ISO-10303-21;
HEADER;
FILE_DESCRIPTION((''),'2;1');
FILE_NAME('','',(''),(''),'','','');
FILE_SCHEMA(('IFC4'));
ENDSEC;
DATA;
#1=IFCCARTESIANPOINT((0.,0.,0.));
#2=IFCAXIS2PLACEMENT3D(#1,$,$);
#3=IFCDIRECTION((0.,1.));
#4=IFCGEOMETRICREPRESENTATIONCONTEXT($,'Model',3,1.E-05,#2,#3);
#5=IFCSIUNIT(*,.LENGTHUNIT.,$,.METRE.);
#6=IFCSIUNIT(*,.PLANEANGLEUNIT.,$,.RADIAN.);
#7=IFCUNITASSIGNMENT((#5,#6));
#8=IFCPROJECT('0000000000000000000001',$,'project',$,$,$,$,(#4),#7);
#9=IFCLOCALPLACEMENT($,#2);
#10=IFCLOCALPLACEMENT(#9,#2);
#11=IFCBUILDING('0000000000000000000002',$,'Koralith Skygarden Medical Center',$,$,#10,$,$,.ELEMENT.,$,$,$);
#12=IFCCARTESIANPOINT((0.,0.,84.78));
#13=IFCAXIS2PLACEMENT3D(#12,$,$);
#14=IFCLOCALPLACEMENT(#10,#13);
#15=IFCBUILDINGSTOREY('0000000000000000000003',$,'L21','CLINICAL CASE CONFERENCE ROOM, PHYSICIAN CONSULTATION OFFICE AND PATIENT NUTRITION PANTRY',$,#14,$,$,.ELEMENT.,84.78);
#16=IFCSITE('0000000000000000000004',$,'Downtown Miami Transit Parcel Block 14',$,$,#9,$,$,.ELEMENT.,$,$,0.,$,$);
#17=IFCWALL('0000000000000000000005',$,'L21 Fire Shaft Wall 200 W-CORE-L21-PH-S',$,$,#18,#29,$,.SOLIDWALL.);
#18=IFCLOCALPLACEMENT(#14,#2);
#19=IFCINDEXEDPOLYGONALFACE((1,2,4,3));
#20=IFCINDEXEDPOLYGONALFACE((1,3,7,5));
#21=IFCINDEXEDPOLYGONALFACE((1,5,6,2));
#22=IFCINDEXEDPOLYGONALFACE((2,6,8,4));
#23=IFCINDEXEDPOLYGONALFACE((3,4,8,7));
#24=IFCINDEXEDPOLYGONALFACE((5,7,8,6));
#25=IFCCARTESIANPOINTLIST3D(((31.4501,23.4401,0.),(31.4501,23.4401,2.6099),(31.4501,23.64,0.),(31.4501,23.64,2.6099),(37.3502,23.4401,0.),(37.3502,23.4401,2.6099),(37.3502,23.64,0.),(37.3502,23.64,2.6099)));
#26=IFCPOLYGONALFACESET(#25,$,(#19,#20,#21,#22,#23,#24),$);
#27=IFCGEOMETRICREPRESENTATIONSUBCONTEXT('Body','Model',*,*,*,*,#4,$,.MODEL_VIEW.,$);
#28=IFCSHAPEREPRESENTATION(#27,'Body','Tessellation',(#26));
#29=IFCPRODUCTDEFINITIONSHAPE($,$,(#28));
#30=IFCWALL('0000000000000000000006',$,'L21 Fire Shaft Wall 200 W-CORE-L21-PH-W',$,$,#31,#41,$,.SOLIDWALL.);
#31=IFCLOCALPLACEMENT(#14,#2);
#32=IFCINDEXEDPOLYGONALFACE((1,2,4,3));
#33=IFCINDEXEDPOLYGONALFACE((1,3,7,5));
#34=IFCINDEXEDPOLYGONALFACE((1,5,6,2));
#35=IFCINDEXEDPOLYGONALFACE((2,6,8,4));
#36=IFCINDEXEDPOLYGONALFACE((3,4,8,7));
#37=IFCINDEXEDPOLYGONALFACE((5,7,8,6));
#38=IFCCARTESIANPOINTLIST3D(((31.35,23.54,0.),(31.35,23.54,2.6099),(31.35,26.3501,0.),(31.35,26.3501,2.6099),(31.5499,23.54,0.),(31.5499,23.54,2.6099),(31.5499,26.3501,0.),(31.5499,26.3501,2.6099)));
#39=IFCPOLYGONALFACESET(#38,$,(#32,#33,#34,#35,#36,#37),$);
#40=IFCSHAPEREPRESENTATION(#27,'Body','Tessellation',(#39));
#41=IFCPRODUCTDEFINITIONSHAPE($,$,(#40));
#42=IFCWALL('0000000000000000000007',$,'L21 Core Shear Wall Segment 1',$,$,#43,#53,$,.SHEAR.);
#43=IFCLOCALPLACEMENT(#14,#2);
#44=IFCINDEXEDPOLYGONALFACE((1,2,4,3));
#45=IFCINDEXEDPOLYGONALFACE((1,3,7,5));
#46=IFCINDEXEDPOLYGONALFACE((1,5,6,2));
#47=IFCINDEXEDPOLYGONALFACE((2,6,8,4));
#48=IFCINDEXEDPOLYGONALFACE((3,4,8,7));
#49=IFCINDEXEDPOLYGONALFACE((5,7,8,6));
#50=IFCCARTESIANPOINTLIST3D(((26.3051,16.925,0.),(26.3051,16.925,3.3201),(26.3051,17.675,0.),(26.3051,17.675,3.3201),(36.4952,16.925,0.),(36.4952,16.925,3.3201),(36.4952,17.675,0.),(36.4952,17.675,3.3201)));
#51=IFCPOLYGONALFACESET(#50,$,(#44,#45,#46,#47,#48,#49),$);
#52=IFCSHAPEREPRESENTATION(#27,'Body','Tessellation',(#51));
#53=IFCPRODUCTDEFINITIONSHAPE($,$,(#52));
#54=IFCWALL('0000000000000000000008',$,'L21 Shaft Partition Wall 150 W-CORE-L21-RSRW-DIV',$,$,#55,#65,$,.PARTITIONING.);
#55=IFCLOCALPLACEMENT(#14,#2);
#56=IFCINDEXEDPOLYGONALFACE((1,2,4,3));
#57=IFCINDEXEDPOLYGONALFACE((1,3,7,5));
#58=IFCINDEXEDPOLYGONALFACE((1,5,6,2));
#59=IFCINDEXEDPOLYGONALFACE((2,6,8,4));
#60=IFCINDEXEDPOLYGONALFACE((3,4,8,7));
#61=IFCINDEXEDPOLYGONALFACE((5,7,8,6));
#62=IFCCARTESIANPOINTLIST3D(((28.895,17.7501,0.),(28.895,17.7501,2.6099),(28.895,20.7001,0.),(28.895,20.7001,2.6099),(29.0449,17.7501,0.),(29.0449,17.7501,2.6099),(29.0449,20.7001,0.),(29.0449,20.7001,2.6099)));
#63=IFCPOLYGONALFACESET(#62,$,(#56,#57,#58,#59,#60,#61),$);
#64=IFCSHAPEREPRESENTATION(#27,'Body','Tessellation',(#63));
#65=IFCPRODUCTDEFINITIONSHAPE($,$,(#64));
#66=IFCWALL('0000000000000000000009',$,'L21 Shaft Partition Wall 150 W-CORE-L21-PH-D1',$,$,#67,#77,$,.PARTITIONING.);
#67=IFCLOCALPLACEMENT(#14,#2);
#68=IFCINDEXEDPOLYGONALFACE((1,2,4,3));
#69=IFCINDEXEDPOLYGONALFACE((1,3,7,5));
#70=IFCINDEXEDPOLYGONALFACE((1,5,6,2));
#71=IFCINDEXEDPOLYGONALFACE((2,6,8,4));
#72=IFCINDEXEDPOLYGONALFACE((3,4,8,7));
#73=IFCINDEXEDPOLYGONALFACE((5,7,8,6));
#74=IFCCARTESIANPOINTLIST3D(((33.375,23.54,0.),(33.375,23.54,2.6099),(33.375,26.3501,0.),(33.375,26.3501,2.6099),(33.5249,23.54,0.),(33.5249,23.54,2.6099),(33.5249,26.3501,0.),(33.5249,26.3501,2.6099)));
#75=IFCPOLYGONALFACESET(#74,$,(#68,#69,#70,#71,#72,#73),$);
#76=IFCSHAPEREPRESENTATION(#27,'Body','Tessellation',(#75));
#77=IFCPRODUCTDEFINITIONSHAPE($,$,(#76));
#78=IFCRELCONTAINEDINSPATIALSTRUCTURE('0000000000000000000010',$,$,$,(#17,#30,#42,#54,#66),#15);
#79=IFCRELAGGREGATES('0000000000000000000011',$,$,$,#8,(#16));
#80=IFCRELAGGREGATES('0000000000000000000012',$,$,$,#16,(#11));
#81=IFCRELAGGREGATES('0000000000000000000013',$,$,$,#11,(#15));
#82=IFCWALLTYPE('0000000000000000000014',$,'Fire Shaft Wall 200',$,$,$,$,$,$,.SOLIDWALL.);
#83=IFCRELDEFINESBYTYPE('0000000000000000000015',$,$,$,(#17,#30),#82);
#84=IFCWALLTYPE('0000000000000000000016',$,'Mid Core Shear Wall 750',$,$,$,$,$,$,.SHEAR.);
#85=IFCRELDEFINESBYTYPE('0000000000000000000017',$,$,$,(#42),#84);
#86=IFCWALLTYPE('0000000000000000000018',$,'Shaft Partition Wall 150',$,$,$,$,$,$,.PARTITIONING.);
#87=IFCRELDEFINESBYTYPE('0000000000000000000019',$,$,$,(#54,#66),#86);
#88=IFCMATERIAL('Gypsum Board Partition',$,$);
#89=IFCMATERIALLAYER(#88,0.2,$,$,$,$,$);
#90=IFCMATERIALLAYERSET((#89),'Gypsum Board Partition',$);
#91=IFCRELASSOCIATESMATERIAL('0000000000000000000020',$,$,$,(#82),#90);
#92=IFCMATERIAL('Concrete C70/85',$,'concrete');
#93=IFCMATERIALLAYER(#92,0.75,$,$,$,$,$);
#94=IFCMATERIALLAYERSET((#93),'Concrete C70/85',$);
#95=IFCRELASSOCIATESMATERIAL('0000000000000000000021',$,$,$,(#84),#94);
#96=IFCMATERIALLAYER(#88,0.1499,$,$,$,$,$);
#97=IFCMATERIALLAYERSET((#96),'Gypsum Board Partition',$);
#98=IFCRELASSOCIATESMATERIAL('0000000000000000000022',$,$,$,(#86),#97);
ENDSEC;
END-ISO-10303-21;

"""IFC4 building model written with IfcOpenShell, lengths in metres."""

from ifc_helpers import new_model, si_unit, direction, frame, frame_2d, origin, place, context, subcontext, project, spatial, rectangle, extrude, material, layer, layer_set, type_object, element, save


model = new_model("IFC4")

# Units and contexts
model_context = context("Model", 3, precision=1e-05, world=origin(), true_north=direction((0.0, 1.0)))
body_context = subcontext(model_context, "Body", "Model", "MODEL_VIEW")
ifc_project = project(units=[si_unit("LENGTHUNIT", "METRE"), si_unit("PLANEANGLEUNIT", "RADIAN")], contexts=[model_context])

# Site, building, storey
site_placement = place(None, origin())
site = spatial("IfcSite", under=ifc_project, at=site_placement, Name="Downtown Miami Transit Parcel Block 14", CompositionType="ELEMENT", RefElevation=0.0)
building_placement = place(site_placement, origin())
building = spatial("IfcBuilding", under=site, at=building_placement, Name="Koralith Skygarden Medical Center", CompositionType="ELEMENT")
storey_placement = place(building_placement, frame((0.0, 0.0, 84.78)))
storey = spatial("IfcBuildingStorey", under=building, at=storey_placement, Name="L21", Description="CLINICAL CASE CONFERENCE ROOM, PHYSICIAN CONSULTATION OFFICE AND PATIENT NUTRITION PANTRY", CompositionType="ELEMENT", Elevation=84.78)

# Shared definitions
ifc_material_1 = material(Name="Concrete C70/85", Category="concrete")

# Shared definitions
ifc_material_2 = material(Name="Gypsum Board Partition")

# Shared definitions
ifc_layer_1 = layer(ifc_material_2, 0.2)
ifc_layer_set_1 = layer_set([ifc_layer_1], Name="Gypsum Board Partition")
wall_type_1 = type_object("IfcWallType", Name="Fire Shaft Wall 200", PredefinedType="SOLIDWALL", material=ifc_layer_set_1)

# Walls
wall_1_placement = place(storey_placement, frame((31.45, 23.54, 0.0), z_axis=(0.0, 0.0, 1.0), x_axis=(1.0, 0.0, 0.0)))
element("IfcWall", 1, at=wall_1_placement, inside=storey, type_object=wall_type_1, Name="L21 Fire Shaft Wall 200 W-CORE-L21-PH-S", PredefinedType="SOLIDWALL", context=body_context, shape_type="SweptSolid", body=[
    extrude(rectangle(XDim=5.9001, YDim=0.2, at=frame_2d((2.9502, 0.0))), origin(), (0.0, 0.0, 1.0), 2.6099),
])
wall_2_placement = place(storey_placement, frame((31.45, 23.54, 0.0), z_axis=(0.0, 0.0, 1.0), x_axis=(0.0, 1.0, 0.0)))
element("IfcWall", 2, at=wall_2_placement, inside=storey, type_object=wall_type_1, Name="L21 Fire Shaft Wall 200 W-CORE-L21-PH-W", PredefinedType="SOLIDWALL", context=body_context, shape_type="SweptSolid", body=[
    extrude(rectangle(XDim=2.8101, YDim=0.2, at=frame_2d((1.405, 0.0))), origin(), (0.0, 0.0, 1.0), 2.6099),
])
ifc_layer_2 = layer(ifc_material_1, 0.75)
ifc_layer_set_2 = layer_set([ifc_layer_2], Name="Concrete C70/85")
wall_type_2 = type_object("IfcWallType", Name="Mid Core Shear Wall 750", PredefinedType="SHEAR", material=ifc_layer_set_2)
wall_3_placement = place(storey_placement, frame((26.3049, 17.3, 0.0), z_axis=(0.0, 0.0, 1.0), x_axis=(1.0, 0.0, 0.0)))
element("IfcWall", 3, at=wall_3_placement, inside=storey, type_object=wall_type_2, Name="L21 Core Shear Wall Segment 1", PredefinedType="SHEAR", context=body_context, shape_type="SweptSolid", body=[
    extrude(rectangle(XDim=10.1902, YDim=0.75, at=frame_2d((5.0952, 0.0))), origin(), (0.0, 0.0, 1.0), 3.3201),
])
ifc_layer_3 = layer(ifc_material_2, 0.1499)
ifc_layer_set_3 = layer_set([ifc_layer_3], Name="Gypsum Board Partition")
wall_type_3 = type_object("IfcWallType", Name="Shaft Partition Wall 150", PredefinedType="PARTITIONING", material=ifc_layer_set_3)
wall_4_placement = place(storey_placement, frame((28.97, 17.75, 0.0), z_axis=(0.0, 0.0, 1.0), x_axis=(0.0, 1.0, 0.0)))
element("IfcWall", 4, at=wall_4_placement, inside=storey, type_object=wall_type_3, Name="L21 Shaft Partition Wall 150 W-CORE-L21-RSRW-DIV", PredefinedType="PARTITIONING", context=body_context, shape_type="SweptSolid", body=[
    extrude(rectangle(XDim=2.95, YDim=0.1499, at=frame_2d((1.4751, 0.0))), origin(), (0.0, 0.0, 1.0), 2.6099),
])
wall_5_placement = place(storey_placement, frame((33.45, 23.54, 0.0), z_axis=(0.0, 0.0, 1.0), x_axis=(0.0, 1.0, 0.0)))
element("IfcWall", 5, at=wall_5_placement, inside=storey, type_object=wall_type_3, Name="L21 Shaft Partition Wall 150 W-CORE-L21-PH-D1", PredefinedType="PARTITIONING", context=body_context, shape_type="SweptSolid", body=[
    extrude(rectangle(XDim=2.8101, YDim=0.1499, at=frame_2d((1.405, 0.0))), origin(), (0.0, 0.0, 1.0), 2.6099),
])

save(model, "model.ifc")
